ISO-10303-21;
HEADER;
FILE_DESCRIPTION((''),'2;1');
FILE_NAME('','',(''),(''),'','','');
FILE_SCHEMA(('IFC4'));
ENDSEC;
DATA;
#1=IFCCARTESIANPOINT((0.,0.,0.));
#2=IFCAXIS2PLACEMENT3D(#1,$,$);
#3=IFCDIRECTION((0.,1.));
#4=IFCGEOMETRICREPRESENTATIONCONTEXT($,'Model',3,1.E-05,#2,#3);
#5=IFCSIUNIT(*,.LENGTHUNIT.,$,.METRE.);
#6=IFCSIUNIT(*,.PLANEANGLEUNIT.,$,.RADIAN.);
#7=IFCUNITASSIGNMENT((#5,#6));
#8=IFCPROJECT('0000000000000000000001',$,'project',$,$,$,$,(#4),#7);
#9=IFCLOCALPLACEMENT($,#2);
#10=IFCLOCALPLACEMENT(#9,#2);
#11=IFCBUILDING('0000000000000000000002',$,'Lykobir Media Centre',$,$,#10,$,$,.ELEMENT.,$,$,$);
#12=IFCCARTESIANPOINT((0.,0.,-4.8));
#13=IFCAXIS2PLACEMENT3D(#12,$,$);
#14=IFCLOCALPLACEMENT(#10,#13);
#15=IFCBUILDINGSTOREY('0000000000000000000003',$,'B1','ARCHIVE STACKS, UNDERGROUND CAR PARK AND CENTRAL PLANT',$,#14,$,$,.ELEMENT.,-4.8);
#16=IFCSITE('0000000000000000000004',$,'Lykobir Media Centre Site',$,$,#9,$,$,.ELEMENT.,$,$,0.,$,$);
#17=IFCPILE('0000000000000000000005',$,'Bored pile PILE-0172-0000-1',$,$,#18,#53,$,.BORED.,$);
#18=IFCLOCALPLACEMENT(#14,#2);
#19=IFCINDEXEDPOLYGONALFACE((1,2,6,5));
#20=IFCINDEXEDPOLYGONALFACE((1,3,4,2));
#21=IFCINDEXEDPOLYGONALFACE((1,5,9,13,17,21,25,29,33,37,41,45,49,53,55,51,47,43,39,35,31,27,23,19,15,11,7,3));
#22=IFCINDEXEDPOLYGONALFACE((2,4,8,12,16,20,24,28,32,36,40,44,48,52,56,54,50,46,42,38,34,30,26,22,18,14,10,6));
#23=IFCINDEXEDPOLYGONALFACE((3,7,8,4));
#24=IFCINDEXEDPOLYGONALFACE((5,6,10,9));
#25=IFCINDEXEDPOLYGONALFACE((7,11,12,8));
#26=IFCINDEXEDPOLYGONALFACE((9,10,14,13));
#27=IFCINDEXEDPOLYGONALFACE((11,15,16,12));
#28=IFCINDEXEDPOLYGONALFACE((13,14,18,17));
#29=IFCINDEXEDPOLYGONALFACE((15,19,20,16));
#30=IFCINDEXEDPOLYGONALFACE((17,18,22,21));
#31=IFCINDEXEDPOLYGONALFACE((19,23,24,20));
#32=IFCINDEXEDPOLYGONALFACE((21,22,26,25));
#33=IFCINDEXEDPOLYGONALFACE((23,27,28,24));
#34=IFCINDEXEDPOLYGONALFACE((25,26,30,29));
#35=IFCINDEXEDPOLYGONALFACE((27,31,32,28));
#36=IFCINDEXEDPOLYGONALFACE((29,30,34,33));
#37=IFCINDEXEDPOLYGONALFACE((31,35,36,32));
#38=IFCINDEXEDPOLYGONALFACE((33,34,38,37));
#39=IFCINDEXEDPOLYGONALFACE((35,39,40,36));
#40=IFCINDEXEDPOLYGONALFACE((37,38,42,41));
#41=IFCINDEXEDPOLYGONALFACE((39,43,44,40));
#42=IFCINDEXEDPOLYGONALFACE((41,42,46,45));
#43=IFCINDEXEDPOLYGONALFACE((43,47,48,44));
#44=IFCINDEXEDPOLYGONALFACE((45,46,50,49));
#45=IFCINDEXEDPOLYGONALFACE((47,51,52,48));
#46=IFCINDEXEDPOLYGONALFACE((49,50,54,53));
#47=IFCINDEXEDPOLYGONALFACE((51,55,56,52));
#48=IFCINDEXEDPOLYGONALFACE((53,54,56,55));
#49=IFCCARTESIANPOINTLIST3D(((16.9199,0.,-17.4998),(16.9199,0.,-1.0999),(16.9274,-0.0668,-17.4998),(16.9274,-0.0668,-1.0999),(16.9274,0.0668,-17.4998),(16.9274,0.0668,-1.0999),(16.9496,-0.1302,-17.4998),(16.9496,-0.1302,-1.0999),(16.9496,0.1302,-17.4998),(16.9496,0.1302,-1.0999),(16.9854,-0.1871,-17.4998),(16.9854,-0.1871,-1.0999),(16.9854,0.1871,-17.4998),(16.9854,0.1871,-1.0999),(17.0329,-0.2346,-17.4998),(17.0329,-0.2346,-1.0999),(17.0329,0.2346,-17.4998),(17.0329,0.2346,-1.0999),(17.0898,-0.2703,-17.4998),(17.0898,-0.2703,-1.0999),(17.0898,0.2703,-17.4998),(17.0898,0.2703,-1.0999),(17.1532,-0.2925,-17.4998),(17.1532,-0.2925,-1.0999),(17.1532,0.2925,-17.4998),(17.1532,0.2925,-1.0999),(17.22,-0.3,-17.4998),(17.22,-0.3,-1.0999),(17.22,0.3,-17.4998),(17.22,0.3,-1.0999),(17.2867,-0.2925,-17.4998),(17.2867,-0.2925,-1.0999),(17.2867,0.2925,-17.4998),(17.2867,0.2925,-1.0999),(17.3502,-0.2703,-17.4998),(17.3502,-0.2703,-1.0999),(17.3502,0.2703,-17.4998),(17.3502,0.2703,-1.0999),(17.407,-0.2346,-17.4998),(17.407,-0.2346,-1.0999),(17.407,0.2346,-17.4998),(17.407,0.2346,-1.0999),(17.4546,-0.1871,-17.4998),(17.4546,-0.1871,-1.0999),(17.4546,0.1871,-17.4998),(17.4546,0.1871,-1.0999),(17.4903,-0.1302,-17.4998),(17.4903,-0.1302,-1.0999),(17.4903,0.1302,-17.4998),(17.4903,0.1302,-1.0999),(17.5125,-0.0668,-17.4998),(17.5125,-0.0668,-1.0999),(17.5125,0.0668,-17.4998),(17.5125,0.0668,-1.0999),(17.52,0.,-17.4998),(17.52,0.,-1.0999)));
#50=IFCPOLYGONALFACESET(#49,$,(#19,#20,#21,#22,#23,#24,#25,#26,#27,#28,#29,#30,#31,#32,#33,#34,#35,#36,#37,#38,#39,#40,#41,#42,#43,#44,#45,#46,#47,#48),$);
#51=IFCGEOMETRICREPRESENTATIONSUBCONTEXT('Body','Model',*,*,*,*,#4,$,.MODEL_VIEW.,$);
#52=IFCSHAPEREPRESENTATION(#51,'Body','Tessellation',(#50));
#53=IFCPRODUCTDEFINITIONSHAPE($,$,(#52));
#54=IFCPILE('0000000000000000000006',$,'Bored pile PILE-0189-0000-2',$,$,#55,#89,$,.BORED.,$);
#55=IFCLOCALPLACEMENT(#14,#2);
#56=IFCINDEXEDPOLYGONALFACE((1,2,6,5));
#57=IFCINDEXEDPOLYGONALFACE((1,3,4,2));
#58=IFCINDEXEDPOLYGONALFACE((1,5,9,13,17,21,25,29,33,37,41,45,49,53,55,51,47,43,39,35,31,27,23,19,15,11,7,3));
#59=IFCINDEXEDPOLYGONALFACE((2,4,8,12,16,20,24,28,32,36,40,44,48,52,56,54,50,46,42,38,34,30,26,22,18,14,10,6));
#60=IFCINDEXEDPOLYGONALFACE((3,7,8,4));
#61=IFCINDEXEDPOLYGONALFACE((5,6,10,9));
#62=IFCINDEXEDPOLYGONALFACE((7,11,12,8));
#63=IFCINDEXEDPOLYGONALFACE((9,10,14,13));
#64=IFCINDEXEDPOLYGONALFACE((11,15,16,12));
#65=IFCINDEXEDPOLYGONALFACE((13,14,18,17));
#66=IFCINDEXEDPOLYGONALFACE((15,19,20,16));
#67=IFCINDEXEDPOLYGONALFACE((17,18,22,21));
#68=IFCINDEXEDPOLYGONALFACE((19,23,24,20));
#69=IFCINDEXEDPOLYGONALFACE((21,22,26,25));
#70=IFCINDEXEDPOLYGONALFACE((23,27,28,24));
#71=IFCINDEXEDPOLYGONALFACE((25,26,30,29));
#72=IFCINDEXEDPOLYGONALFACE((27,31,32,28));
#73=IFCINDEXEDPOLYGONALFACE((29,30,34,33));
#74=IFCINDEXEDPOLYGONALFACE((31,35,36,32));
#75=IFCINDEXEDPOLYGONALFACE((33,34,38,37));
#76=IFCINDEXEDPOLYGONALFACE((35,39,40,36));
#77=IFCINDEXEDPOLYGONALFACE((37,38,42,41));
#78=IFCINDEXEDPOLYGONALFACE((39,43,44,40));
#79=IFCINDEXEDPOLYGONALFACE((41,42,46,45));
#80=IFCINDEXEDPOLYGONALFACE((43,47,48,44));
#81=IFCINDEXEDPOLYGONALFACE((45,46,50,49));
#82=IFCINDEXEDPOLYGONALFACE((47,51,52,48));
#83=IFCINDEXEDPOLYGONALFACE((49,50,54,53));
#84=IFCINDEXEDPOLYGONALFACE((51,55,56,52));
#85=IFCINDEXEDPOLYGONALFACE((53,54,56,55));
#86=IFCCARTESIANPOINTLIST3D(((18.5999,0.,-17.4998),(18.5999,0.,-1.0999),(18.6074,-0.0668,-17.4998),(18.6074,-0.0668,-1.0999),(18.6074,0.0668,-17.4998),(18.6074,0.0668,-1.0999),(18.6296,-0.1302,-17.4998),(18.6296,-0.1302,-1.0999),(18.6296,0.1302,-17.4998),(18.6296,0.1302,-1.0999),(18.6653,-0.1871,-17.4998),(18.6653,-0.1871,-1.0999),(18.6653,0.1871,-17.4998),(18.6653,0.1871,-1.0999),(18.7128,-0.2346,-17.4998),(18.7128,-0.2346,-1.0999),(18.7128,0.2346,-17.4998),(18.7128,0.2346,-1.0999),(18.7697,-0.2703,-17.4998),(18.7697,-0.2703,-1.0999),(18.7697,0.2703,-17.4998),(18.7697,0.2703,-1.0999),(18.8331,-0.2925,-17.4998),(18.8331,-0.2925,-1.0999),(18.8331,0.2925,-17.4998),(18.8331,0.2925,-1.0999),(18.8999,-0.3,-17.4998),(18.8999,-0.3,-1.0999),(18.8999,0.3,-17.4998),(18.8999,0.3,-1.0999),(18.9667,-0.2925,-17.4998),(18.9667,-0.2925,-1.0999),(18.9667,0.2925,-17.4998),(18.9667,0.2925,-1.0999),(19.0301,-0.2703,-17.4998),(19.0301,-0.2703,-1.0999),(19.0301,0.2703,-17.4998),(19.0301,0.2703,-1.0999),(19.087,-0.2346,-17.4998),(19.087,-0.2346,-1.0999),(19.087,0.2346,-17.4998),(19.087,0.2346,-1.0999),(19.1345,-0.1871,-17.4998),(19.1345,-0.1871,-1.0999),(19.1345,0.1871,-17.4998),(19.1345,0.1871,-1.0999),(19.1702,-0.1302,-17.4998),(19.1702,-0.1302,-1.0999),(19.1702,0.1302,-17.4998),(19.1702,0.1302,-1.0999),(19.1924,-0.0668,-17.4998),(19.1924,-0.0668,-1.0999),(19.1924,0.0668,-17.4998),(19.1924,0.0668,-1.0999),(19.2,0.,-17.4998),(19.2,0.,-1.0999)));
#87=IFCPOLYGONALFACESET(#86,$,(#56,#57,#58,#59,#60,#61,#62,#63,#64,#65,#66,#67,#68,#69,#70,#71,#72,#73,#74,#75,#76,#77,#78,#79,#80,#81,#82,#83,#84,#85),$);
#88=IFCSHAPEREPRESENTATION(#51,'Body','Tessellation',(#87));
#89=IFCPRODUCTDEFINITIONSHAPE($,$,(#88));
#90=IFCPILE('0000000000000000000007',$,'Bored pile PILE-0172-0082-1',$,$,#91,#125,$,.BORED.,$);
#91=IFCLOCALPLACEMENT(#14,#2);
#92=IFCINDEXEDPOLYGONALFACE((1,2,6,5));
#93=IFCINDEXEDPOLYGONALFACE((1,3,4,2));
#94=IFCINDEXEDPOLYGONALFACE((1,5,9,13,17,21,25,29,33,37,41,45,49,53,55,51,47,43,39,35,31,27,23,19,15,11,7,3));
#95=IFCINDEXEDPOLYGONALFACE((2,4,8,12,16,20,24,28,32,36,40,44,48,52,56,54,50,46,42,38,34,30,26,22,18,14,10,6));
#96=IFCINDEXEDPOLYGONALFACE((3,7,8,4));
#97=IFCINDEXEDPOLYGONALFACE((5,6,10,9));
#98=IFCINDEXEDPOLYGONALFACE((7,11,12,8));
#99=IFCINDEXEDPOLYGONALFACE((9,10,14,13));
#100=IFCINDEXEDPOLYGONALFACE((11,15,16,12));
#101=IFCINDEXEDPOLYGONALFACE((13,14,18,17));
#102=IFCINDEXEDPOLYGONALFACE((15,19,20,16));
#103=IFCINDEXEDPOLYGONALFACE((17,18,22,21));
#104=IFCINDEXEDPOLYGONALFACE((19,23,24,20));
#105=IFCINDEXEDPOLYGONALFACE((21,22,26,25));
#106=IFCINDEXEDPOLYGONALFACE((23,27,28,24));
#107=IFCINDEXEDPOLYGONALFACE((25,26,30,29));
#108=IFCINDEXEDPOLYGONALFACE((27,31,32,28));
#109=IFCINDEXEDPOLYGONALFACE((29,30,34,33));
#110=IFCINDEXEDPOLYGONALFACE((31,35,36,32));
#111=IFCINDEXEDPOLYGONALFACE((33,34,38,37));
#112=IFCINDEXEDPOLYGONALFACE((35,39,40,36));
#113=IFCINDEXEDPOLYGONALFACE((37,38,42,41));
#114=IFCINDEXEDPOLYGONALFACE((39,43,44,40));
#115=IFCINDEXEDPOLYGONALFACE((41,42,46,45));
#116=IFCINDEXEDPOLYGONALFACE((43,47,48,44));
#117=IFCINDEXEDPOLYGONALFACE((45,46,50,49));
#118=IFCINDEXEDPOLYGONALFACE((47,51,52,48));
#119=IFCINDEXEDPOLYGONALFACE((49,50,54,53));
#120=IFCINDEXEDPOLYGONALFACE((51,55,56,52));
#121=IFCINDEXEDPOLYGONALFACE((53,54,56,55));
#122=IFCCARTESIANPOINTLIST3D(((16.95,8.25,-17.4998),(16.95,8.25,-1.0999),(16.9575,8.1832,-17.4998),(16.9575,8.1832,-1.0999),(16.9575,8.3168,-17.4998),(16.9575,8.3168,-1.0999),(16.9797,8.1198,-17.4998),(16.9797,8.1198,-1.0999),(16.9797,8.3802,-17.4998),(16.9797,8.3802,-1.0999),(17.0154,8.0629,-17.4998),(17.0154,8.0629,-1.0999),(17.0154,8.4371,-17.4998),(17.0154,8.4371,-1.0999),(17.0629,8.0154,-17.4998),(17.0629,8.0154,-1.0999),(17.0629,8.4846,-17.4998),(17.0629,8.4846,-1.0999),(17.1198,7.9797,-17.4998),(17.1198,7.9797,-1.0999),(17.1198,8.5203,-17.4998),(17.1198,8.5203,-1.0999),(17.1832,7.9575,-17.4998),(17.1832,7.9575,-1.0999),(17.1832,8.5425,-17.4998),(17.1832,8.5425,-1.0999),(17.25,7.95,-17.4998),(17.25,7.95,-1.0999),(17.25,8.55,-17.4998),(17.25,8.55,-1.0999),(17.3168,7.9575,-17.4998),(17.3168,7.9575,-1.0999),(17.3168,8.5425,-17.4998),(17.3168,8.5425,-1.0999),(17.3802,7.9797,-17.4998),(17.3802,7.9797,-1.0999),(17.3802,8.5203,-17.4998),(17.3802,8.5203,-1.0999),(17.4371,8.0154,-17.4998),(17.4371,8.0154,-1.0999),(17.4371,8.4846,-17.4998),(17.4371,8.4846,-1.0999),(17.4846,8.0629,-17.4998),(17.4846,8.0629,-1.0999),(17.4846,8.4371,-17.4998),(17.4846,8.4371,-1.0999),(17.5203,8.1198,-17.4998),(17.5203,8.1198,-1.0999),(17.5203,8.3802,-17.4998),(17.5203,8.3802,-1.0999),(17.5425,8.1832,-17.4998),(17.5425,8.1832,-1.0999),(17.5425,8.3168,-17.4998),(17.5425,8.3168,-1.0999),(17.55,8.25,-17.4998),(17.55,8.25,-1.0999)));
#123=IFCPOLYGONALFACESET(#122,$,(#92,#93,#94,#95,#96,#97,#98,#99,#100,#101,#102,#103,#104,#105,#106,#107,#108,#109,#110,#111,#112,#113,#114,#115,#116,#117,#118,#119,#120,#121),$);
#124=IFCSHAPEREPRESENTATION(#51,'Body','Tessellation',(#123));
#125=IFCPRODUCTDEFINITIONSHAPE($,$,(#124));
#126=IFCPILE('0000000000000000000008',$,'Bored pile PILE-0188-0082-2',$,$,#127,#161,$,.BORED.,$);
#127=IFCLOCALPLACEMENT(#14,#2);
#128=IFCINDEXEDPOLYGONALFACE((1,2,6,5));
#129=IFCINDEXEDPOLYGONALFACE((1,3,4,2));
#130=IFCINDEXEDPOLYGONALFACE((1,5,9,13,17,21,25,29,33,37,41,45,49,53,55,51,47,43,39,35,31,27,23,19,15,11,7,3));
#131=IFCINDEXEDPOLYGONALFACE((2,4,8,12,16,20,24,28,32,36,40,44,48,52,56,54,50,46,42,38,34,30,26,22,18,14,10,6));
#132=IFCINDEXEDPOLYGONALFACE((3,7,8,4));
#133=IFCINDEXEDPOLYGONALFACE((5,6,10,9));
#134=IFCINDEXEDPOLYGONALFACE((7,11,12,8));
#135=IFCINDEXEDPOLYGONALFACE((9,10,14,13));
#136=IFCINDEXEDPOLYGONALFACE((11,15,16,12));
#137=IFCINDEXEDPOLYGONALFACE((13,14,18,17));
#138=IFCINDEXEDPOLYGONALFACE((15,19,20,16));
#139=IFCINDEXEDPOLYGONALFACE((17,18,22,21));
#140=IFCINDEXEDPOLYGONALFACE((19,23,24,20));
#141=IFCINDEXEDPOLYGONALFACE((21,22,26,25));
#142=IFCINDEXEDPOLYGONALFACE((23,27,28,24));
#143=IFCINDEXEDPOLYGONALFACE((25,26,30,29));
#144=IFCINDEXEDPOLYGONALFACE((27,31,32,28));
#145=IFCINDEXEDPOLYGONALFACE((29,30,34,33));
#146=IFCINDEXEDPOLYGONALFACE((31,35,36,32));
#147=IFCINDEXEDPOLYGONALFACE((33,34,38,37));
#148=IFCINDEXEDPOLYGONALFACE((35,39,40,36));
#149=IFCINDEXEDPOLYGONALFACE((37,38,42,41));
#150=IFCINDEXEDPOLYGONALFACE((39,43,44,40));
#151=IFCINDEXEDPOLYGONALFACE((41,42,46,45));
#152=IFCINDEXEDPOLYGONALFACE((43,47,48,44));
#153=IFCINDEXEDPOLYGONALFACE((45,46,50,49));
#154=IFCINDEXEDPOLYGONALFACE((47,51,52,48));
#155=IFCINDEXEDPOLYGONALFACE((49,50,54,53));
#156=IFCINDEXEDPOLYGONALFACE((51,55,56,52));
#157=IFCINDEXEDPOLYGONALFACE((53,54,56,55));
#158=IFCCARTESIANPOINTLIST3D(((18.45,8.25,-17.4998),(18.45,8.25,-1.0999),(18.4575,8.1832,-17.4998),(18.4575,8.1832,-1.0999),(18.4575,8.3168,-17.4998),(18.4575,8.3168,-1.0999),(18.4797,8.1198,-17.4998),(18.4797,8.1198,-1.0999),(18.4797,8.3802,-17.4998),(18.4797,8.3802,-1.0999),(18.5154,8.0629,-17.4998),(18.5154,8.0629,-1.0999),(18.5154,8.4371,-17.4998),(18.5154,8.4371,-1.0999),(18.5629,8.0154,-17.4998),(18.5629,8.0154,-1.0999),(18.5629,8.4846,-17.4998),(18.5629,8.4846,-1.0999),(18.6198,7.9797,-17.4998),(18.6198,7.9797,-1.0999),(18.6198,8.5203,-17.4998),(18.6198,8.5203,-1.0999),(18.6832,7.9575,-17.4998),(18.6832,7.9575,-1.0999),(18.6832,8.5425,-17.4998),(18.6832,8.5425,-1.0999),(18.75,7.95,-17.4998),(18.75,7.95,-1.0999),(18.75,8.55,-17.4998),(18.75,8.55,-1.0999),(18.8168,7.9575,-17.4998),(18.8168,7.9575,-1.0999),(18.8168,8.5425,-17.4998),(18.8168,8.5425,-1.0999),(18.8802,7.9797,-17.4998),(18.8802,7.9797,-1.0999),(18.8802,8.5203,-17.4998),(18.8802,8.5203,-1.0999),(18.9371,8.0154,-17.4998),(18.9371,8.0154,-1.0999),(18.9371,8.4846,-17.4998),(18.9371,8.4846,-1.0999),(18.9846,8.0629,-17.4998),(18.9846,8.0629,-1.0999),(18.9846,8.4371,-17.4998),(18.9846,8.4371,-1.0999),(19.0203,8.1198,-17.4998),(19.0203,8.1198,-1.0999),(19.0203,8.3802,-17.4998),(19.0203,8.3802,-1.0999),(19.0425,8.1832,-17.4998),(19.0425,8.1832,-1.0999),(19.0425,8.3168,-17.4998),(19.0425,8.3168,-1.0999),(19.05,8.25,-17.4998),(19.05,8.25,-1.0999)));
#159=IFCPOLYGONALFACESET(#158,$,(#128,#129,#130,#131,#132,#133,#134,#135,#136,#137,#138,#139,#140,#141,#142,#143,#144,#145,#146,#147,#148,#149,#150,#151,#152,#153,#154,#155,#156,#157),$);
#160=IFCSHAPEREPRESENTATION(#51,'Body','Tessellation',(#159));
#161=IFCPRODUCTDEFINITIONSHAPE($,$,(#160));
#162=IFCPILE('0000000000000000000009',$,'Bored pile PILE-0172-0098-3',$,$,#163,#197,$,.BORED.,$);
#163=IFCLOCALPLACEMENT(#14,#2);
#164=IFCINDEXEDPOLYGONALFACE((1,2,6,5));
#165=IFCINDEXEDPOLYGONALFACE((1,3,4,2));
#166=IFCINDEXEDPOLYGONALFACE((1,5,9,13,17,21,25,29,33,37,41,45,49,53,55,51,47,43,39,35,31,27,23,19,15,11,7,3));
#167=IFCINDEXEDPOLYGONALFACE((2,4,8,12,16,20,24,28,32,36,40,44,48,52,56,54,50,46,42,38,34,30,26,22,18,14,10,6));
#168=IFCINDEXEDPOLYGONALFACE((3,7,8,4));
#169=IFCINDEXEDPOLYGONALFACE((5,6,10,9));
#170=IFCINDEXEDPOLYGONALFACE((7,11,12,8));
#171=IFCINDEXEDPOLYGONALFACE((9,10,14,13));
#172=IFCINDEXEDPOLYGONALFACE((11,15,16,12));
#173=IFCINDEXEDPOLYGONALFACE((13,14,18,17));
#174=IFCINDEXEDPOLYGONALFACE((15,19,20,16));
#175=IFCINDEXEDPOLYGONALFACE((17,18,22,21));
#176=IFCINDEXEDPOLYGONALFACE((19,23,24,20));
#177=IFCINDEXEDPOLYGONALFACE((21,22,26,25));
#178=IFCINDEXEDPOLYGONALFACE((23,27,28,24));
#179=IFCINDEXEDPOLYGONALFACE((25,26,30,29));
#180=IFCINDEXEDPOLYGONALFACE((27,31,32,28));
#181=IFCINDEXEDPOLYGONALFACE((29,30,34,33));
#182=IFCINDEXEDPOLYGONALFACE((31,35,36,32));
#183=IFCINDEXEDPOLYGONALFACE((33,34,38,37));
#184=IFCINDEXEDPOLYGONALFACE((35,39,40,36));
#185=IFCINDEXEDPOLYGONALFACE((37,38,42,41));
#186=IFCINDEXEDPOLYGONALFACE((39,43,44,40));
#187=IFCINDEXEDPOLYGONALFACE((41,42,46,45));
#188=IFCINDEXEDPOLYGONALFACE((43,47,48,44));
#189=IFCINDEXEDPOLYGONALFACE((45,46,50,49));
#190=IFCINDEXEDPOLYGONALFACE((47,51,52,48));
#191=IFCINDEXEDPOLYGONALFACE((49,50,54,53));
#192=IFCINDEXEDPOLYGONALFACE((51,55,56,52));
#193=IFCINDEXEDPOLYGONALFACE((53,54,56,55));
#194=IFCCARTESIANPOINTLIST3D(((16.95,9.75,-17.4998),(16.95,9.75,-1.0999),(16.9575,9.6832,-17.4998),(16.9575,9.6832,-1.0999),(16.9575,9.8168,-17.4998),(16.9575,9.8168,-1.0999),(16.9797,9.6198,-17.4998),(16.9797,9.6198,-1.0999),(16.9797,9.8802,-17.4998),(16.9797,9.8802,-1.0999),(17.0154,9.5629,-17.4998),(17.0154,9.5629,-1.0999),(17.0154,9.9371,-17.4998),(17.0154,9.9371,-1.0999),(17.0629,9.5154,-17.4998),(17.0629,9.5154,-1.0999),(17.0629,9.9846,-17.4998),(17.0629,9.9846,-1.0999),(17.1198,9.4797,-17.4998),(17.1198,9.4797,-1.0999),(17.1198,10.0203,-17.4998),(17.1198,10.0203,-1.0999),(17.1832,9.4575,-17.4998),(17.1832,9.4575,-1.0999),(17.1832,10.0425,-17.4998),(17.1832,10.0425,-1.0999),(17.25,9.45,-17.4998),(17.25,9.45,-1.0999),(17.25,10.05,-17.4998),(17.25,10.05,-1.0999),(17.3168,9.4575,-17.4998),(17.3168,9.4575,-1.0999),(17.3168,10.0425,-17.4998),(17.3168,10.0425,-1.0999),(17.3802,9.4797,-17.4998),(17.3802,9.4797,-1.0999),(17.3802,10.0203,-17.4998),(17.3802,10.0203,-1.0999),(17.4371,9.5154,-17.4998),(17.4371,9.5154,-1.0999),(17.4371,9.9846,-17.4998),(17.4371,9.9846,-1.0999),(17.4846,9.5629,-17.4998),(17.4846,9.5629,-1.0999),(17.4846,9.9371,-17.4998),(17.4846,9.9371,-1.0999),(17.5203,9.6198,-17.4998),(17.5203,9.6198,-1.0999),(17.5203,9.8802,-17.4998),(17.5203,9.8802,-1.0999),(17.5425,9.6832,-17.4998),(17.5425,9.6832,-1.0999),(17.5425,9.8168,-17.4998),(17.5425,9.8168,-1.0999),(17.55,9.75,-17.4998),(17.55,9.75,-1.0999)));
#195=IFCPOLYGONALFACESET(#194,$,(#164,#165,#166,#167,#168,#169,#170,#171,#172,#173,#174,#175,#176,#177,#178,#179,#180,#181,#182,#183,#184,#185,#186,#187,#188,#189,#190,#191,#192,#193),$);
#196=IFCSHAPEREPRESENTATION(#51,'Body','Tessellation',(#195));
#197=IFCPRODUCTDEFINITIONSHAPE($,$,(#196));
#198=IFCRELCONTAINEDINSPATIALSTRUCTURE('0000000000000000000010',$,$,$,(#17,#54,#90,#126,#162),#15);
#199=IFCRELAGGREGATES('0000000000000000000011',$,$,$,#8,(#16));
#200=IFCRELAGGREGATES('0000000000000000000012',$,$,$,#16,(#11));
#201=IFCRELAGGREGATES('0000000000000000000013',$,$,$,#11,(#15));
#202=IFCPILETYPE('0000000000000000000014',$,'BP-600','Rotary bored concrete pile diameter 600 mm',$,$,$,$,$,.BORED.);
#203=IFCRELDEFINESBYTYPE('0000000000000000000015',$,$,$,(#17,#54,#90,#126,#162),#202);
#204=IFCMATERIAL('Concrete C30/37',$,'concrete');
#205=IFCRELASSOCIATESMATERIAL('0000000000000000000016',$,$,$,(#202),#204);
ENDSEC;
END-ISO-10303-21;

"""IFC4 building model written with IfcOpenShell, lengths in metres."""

from ifc_helpers import new_model, si_unit, direction, frame, origin, origin_2d, place, context, subcontext, project, spatial, circle, extrude, material, material_profile, profile_set, type_object, element, save


model = new_model("IFC4")

# Units and contexts
model_context = context("Model", 3, precision=1e-05, world=origin(), true_north=direction((0.0, 1.0)))
body_context = subcontext(model_context, "Body", "Model", "MODEL_VIEW")
ifc_project = project(units=[si_unit("LENGTHUNIT", "METRE"), si_unit("PLANEANGLEUNIT", "RADIAN")], contexts=[model_context])

# Site, building, storey
site_placement = place(None, origin())
site = spatial("IfcSite", under=ifc_project, at=site_placement, Name="Lykobir Media Centre Site", CompositionType="ELEMENT", RefElevation=0.0)
building_placement = place(site_placement, origin())
building = spatial("IfcBuilding", under=site, at=building_placement, Name="Lykobir Media Centre", CompositionType="ELEMENT")
storey_placement = place(building_placement, frame((0.0, 0.0, -4.8)))
storey = spatial("IfcBuildingStorey", under=building, at=storey_placement, Name="B1", Description="ARCHIVE STACKS, UNDERGROUND CAR PARK AND CENTRAL PLANT", CompositionType="ELEMENT", Elevation=-4.8)

# Piles
ifc_material_1 = material(Name="Concrete C30/37", Category="concrete")
ifc_material_profile_1 = material_profile(ifc_material_1, circle(Radius=0.3, at=origin_2d()), Name="BORED PILE D600")
ifc_profile_set_1 = profile_set([ifc_material_profile_1], Name="Concrete C30/37")
pile_type_1 = type_object("IfcPileType", Name="BP-600", Description="Rotary bored concrete pile diameter 600 mm", PredefinedType="BORED", material=ifc_profile_set_1)
for number, where, z_axis, x_axis, name in (
    (1, (17.22, 0.0, -1.0999), (0.0, 0.0, -1.0), (1.0, 0.0, 0.0), "Bored pile PILE-0172-0000-1"),
    (2, (18.8999, 0.0, -1.0999), (0.0, 0.0, -1.0), (1.0, 0.0, 0.0), "Bored pile PILE-0189-0000-2"),
    (3, (17.25, 8.25, -1.0999), (0.0, 0.0, -1.0), (1.0, 0.0, 0.0), "Bored pile PILE-0172-0082-1"),
    (4, (18.75, 8.25, -1.0999), (0.0, 0.0, -1.0), (1.0, 0.0, 0.0), "Bored pile PILE-0188-0082-2"),
    (5, (17.25, 9.75, -1.0999), (0.0, 0.0, -1.0), (1.0, 0.0, 0.0), "Bored pile PILE-0172-0098-3"),
):
    element("IfcPile", number, at=place(storey_placement, frame(where, z_axis=z_axis, x_axis=x_axis)), inside=storey, type_object=pile_type_1, Name=name, PredefinedType="BORED", context=body_context, shape_type="SweptSolid", body=[
        extrude(circle(Radius=0.3, at=origin_2d()), origin(), (0.0, 0.0, 1.0), 16.3999),
    ])

save(model, "model.ifc")
